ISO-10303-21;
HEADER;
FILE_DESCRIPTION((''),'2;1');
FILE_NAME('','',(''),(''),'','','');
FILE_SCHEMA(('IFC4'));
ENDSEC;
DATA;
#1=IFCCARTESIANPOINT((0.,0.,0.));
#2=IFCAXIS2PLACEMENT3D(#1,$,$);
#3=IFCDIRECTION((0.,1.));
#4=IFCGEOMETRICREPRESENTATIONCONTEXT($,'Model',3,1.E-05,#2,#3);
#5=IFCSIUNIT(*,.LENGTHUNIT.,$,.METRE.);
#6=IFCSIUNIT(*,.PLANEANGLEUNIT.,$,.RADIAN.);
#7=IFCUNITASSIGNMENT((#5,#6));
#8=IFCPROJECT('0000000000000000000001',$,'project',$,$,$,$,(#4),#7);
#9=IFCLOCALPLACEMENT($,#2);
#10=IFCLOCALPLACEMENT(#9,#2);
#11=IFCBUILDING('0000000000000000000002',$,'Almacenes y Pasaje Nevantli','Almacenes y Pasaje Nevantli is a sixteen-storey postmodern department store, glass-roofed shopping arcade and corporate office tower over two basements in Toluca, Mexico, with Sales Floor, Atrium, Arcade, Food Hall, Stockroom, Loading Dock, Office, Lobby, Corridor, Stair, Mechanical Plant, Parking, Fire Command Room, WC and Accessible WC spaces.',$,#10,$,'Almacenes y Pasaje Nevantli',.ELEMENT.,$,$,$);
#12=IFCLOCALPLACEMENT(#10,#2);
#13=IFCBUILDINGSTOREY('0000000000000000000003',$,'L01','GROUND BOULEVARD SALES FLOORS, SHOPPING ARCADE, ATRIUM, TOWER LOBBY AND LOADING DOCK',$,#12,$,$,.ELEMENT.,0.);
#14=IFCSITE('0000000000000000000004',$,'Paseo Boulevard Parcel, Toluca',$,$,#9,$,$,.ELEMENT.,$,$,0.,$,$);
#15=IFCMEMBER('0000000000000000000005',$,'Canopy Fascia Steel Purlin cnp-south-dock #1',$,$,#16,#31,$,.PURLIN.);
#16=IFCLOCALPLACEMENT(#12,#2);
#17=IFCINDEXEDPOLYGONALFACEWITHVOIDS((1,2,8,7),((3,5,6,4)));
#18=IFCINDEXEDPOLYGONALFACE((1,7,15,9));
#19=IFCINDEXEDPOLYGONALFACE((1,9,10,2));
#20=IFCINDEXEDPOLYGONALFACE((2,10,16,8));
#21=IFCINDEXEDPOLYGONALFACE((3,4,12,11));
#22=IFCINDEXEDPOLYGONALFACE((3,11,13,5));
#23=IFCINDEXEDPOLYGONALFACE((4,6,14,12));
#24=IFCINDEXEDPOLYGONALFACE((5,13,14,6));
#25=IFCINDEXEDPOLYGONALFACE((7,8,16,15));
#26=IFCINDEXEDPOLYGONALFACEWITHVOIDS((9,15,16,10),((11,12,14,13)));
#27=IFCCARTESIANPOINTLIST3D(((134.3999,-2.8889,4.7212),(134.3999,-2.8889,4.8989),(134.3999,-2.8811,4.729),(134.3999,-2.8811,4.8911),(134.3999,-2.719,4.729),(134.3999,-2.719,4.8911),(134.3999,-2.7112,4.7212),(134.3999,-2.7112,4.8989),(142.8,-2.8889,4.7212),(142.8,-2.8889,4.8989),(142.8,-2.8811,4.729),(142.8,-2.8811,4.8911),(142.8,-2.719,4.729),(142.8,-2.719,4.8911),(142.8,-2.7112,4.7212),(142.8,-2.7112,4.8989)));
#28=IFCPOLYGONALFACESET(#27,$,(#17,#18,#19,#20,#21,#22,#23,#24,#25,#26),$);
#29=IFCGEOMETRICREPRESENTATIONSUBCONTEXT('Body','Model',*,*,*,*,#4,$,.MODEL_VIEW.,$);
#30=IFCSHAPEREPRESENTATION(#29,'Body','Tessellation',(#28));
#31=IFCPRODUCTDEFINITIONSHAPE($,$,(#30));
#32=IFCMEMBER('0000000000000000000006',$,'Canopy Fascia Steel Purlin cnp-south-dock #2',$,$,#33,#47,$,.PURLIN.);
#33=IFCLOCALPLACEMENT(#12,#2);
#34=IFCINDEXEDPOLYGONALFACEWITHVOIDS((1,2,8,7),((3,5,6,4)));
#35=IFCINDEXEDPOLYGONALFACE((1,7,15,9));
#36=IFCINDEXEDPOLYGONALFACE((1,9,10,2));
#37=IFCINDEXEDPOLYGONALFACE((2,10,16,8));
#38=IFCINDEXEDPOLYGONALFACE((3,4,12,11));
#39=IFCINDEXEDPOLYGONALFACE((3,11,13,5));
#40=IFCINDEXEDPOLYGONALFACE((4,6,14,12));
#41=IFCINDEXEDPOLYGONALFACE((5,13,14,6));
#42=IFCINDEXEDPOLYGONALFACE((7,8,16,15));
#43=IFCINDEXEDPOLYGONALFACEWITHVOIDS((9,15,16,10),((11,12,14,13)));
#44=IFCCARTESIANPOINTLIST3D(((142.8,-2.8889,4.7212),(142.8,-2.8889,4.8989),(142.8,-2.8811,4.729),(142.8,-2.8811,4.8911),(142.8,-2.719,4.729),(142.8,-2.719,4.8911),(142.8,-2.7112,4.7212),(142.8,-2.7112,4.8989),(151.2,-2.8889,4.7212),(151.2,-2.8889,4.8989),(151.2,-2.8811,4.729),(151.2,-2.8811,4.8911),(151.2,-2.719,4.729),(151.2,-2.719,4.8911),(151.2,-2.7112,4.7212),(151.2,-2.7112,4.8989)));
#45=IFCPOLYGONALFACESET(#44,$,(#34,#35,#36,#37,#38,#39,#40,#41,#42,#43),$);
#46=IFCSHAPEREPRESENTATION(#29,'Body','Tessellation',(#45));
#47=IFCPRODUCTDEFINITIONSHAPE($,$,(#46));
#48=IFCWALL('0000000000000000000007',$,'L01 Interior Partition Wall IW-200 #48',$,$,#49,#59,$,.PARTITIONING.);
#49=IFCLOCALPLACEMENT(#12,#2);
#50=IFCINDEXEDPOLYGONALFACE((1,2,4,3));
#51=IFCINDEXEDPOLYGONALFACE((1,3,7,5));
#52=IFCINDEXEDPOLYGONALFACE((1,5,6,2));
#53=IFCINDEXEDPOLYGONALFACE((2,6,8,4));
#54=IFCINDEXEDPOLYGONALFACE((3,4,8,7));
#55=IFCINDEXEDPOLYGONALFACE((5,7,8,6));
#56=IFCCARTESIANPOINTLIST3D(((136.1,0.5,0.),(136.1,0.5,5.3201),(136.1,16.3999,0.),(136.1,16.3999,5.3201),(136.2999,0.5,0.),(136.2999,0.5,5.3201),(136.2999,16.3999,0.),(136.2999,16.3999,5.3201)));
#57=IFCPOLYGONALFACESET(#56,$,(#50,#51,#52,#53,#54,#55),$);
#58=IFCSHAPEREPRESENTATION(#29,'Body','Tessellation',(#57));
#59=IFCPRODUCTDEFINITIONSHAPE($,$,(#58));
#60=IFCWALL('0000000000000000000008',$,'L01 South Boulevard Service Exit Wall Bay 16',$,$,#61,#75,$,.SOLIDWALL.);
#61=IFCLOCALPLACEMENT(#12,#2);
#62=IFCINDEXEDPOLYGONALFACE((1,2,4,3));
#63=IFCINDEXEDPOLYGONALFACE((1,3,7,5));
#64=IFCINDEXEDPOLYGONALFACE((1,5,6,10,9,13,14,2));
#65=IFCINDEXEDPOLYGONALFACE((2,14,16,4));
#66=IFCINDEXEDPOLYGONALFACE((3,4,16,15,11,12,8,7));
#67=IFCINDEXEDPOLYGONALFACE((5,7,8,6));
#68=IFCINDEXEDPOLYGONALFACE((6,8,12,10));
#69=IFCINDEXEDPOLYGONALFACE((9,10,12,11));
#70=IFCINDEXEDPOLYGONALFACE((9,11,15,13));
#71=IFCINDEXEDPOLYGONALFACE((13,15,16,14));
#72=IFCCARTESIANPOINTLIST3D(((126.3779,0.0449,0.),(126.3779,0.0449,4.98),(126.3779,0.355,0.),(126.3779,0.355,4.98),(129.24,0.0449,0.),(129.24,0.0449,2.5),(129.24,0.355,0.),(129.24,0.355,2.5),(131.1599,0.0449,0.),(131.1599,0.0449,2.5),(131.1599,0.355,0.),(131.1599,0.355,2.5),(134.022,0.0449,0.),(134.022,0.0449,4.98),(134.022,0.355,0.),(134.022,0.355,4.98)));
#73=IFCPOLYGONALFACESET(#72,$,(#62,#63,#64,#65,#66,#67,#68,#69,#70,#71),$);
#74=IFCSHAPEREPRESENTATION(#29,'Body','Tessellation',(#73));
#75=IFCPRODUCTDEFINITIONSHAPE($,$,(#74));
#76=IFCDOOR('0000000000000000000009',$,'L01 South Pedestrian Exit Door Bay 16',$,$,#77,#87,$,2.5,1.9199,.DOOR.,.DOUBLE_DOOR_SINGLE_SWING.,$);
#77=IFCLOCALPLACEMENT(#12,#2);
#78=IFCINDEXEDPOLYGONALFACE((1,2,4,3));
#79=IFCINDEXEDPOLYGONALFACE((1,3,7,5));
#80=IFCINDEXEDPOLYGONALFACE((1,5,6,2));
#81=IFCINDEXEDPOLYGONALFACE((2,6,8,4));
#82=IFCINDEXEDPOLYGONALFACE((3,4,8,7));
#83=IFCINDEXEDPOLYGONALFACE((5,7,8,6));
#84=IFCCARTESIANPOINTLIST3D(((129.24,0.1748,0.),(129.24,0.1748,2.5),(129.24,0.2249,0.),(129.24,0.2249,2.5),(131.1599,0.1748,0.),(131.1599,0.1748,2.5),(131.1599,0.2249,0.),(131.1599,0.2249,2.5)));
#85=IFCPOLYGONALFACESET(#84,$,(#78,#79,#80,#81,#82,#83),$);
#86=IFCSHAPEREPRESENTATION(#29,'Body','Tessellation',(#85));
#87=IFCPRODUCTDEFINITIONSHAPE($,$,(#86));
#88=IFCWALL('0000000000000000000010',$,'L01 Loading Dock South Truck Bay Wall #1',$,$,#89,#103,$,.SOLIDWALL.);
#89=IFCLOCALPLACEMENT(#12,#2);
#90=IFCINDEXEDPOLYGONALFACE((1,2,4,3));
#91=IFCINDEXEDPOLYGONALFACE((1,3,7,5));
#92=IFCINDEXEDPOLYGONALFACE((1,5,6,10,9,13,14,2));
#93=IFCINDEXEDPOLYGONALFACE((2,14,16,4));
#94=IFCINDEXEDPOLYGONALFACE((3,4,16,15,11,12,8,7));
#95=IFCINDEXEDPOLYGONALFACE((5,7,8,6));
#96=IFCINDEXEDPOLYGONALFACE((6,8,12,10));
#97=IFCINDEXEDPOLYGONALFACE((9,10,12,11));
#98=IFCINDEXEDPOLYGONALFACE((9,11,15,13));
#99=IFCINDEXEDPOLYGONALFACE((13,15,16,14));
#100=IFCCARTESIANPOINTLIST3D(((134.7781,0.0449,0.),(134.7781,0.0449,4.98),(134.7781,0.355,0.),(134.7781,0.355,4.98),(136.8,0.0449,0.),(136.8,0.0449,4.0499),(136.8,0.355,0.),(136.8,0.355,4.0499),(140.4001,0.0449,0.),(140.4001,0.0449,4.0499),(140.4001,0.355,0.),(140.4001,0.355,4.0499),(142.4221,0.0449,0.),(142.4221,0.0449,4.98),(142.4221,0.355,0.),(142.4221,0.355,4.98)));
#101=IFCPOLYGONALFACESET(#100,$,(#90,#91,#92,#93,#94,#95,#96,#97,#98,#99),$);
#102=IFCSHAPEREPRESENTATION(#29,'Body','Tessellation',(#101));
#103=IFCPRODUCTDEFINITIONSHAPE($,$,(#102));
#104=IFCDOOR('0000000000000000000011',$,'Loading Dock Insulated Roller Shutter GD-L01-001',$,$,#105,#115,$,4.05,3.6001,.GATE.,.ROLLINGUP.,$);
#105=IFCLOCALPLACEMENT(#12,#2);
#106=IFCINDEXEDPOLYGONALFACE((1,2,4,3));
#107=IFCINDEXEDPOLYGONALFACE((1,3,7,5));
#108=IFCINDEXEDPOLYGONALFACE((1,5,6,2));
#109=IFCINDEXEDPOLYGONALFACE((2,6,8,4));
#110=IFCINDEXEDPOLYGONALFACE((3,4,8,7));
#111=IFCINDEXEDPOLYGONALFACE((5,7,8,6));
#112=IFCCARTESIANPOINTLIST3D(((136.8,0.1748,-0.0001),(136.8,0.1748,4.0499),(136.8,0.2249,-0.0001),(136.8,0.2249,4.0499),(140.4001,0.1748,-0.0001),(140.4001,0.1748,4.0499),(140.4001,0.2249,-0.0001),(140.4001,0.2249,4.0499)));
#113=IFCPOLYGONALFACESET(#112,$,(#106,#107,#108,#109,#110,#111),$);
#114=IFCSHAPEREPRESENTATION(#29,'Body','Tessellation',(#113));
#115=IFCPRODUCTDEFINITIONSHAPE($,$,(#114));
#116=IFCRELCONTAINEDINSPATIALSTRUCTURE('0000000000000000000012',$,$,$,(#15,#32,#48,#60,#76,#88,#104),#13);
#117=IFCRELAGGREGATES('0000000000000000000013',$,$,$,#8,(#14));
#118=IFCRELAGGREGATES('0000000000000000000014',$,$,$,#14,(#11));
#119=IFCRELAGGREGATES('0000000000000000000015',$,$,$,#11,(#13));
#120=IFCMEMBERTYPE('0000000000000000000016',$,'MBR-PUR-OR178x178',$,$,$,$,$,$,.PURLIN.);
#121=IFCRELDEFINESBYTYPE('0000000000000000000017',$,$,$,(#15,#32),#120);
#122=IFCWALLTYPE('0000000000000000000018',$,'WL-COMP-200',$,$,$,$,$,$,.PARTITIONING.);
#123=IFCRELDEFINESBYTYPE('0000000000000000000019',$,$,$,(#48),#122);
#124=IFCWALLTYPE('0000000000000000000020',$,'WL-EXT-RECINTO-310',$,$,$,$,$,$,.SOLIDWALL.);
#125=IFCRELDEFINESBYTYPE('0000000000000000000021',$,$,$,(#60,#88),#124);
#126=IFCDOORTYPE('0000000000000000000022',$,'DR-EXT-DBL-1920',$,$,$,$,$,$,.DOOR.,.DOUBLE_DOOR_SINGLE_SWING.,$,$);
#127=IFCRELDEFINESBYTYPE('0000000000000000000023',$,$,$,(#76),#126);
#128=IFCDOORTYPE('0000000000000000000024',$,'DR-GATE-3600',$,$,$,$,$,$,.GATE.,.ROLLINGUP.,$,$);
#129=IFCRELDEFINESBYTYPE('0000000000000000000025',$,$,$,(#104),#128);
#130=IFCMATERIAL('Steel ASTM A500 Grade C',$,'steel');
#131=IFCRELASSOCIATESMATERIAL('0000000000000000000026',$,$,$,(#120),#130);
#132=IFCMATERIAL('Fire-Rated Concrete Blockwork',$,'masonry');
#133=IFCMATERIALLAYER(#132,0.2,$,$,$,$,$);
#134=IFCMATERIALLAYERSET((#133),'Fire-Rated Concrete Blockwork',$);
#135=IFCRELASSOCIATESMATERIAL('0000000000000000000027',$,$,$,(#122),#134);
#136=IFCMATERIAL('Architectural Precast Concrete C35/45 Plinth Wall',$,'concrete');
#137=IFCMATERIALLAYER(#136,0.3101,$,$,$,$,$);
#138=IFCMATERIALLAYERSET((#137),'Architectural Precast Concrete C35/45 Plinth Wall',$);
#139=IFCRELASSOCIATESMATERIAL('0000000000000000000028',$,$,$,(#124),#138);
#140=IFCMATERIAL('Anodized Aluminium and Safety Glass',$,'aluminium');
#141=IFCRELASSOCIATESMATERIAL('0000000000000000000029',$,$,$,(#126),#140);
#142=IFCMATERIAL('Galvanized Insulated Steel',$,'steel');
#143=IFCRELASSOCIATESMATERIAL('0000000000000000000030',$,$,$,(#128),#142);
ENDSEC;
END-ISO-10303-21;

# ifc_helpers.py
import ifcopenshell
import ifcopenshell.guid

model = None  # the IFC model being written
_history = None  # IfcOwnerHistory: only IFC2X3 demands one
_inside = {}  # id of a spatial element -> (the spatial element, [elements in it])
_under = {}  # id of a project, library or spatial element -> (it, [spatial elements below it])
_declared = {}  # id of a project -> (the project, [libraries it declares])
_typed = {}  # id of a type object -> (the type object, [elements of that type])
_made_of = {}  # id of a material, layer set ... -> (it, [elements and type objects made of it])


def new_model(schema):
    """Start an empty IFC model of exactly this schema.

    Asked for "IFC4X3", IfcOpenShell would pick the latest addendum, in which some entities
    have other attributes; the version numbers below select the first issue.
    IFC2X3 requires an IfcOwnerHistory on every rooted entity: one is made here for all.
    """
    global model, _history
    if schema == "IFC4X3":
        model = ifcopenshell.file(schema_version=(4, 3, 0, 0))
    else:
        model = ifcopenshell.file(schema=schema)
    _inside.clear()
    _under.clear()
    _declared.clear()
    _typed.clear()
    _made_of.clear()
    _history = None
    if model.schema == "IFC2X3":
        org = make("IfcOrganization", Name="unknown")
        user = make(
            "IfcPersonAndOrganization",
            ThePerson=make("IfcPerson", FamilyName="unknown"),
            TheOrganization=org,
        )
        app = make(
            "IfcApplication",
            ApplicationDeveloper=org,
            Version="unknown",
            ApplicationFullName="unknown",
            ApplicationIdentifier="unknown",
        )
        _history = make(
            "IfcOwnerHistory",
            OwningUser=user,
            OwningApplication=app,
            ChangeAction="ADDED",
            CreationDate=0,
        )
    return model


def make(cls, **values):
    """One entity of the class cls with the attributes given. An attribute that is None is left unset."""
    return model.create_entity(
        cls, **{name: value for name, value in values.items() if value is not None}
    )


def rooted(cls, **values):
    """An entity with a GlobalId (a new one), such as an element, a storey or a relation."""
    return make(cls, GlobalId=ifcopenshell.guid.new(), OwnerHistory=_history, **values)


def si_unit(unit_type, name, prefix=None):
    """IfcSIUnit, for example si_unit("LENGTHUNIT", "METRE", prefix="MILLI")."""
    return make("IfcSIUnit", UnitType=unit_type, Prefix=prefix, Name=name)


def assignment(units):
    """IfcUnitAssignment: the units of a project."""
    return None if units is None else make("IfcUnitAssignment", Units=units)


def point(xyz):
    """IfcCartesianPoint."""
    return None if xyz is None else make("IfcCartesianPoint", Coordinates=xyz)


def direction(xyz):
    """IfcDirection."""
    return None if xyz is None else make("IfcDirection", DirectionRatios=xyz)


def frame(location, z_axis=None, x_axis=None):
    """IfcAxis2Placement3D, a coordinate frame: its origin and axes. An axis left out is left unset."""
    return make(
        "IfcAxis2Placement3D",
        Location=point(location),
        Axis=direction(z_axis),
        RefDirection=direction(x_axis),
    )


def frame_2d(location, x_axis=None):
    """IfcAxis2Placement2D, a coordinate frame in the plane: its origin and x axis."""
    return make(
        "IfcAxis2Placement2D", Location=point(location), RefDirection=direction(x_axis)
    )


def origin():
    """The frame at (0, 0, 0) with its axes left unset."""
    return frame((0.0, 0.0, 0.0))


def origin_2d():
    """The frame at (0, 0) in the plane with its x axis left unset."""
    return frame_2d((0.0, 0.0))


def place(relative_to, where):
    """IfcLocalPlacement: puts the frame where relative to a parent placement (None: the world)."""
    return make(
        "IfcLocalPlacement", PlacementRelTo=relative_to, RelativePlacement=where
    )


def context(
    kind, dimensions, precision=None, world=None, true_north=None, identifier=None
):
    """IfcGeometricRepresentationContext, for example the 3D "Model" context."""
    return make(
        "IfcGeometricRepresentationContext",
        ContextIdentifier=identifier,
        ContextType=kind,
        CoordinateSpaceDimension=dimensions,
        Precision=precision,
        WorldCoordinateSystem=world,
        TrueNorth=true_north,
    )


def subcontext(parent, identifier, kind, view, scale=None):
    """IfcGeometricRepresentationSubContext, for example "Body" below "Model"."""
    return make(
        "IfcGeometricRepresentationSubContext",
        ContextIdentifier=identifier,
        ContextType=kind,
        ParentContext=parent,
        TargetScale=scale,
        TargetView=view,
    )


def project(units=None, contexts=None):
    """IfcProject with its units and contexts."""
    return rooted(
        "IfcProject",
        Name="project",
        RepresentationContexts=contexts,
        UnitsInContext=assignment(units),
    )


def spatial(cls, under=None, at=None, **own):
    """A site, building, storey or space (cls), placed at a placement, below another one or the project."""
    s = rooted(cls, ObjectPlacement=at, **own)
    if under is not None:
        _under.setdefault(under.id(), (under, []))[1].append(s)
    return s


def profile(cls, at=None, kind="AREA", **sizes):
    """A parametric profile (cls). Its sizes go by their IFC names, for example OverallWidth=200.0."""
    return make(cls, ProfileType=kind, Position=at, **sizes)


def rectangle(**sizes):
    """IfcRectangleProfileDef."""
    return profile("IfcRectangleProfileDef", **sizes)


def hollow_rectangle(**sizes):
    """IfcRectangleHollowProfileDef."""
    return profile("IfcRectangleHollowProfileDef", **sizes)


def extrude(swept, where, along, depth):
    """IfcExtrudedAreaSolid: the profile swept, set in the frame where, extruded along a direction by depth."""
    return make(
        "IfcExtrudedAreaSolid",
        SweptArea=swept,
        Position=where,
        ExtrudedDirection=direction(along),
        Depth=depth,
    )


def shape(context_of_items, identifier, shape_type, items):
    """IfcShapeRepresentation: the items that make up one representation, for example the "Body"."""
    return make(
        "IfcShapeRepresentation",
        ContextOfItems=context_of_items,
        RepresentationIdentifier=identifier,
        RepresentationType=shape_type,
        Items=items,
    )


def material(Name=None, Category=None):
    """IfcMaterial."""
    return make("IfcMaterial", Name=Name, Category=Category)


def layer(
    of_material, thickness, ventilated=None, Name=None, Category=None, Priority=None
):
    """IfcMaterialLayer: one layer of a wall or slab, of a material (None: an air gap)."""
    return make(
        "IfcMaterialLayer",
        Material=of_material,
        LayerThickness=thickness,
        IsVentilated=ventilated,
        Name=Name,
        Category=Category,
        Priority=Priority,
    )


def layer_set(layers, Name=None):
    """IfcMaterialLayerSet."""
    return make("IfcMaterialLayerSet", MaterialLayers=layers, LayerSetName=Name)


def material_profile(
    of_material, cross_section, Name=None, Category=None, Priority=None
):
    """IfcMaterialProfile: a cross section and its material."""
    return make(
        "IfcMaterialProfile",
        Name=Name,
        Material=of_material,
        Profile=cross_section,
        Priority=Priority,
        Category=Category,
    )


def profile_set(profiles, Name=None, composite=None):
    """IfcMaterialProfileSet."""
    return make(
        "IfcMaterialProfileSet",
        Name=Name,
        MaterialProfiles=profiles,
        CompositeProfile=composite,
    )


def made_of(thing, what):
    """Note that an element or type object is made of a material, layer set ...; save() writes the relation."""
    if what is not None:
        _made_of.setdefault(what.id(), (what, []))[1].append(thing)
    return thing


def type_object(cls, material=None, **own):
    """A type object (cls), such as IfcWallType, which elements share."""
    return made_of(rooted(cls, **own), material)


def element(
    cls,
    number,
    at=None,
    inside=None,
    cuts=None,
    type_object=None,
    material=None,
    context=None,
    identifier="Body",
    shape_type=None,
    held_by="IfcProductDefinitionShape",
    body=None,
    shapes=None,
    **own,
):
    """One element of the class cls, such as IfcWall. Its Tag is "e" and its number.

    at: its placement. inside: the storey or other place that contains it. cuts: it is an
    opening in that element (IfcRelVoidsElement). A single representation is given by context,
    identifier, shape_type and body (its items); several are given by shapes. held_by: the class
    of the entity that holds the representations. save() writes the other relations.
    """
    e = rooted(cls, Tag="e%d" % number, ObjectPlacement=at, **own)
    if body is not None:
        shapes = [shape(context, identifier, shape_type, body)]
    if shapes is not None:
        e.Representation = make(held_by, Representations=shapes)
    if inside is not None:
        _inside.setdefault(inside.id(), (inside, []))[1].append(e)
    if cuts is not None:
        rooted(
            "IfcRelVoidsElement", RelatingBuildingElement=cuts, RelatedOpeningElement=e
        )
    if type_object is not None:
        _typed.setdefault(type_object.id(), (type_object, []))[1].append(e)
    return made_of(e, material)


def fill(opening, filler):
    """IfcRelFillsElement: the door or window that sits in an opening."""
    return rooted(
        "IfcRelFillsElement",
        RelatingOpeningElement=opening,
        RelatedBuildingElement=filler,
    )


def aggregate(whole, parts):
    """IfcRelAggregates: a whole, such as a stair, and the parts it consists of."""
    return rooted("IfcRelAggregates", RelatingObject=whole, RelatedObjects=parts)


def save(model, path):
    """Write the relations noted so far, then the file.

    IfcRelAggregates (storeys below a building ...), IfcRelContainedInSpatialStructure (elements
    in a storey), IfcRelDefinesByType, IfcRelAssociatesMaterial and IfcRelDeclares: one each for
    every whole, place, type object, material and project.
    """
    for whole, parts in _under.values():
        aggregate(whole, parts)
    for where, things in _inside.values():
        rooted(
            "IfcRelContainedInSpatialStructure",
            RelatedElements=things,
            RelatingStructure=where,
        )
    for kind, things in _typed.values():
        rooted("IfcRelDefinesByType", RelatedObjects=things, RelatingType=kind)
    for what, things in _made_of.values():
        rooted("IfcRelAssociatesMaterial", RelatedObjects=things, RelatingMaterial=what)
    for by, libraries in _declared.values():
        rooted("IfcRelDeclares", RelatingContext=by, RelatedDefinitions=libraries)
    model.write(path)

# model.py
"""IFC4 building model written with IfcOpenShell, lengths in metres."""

from ifc_helpers import new_model, si_unit, direction, frame, frame_2d, origin, origin_2d, place, context, subcontext, project, spatial, rectangle, hollow_rectangle, extrude, material, layer, layer_set, material_profile, profile_set, type_object, element, fill, save


model = new_model("IFC4")

# Units and contexts
model_context = context("Model", 3, precision=1e-05, world=origin(), true_north=direction((0.0, 1.0)))
body_context = subcontext(model_context, "Body", "Model", "MODEL_VIEW")
ifc_project = project(units=[si_unit("LENGTHUNIT", "METRE"), si_unit("PLANEANGLEUNIT", "RADIAN")], contexts=[model_context])

# Site, building, storey
site_placement = place(None, origin())
site = spatial("IfcSite", under=ifc_project, at=site_placement, Name="Paseo Boulevard Parcel, Toluca", CompositionType="ELEMENT", RefElevation=0.0)
building_placement = place(site_placement, origin())
building = spatial("IfcBuilding", under=site, at=building_placement, Name="Almacenes y Pasaje Nevantli", Description="Almacenes y Pasaje Nevantli is a sixteen-storey postmodern department store, glass-roofed shopping arcade and corporate office tower over two basements in Toluca, Mexico, with Sales Floor, Atrium, Arcade, Food Hall, Stockroom, Loading Dock, Office, Lobby, Corridor, Stair, Mechanical Plant, Parking, Fire Command Room, WC and Accessible WC spaces.", LongName="Almacenes y Pasaje Nevantli", CompositionType="ELEMENT")
storey_placement = place(building_placement, origin())
storey = spatial("IfcBuildingStorey", under=building, at=storey_placement, Name="L01", Description="GROUND BOULEVARD SALES FLOORS, SHOPPING ARCADE, ATRIUM, TOWER LOBBY AND LOADING DOCK", CompositionType="ELEMENT", Elevation=0.0)

# Members
ifc_material_1 = material(Name="Steel ASTM A500 Grade C", Category="steel")
ifc_material_profile_1 = material_profile(ifc_material_1, hollow_rectangle(XDim=0.1777, YDim=0.1777, WallThickness=0.0078, at=origin_2d()), Name="OR 178x178x7.9")
ifc_profile_set_1 = profile_set([ifc_material_profile_1], Name="Steel ASTM A500 Grade C")
member_type = type_object("IfcMemberType", Name="MBR-PUR-OR178x178", PredefinedType="PURLIN", material=ifc_profile_set_1)
member_1_placement = place(storey_placement, frame((134.3999, -2.8, 4.8101), z_axis=(1.0, 0.0, 0.0), x_axis=(0.0, 1.0, 0.0)))
element("IfcMember", 1, at=member_1_placement, inside=storey, type_object=member_type, Name="Canopy Fascia Steel Purlin cnp-south-dock #1", PredefinedType="PURLIN", context=body_context, shape_type="SweptSolid", body=[
    extrude(hollow_rectangle(XDim=0.1777, YDim=0.1777, WallThickness=0.0078, at=origin_2d()), origin(), (0.0, 0.0, 1.0), 8.4001),
])
member_2_placement = place(storey_placement, frame((142.8, -2.8, 4.8101), z_axis=(1.0, 0.0, 0.0), x_axis=(0.0, 1.0, 0.0)))
element("IfcMember", 2, at=member_2_placement, inside=storey, type_object=member_type, Name="Canopy Fascia Steel Purlin cnp-south-dock #2", PredefinedType="PURLIN", context=body_context, shape_type="SweptSolid", body=[
    extrude(hollow_rectangle(XDim=0.1777, YDim=0.1777, WallThickness=0.0078, at=origin_2d()), origin(), (0.0, 0.0, 1.0), 8.3999),
])

# Wall
ifc_material_2 = material(Name="Fire-Rated Concrete Blockwork", Category="masonry")
ifc_layer_1 = layer(ifc_material_2, 0.2)
ifc_layer_set_1 = layer_set([ifc_layer_1], Name="Fire-Rated Concrete Blockwork")
wall_type_1 = type_object("IfcWallType", Name="WL-COMP-200", PredefinedType="PARTITIONING", material=ifc_layer_set_1)
wall_1_placement = place(storey_placement, frame((136.2, 0.5, 0.0), z_axis=(0.0, 0.0, 1.0), x_axis=(0.0, 1.0, 0.0)))
element("IfcWall", 3, at=wall_1_placement, inside=storey, type_object=wall_type_1, Name="L01 Interior Partition Wall IW-200 #48", PredefinedType="PARTITIONING", context=body_context, shape_type="SweptSolid", body=[
    extrude(rectangle(XDim=15.8999, YDim=0.2, at=frame_2d((7.95, 0.0))), origin(), (0.0, 0.0, 1.0), 5.3201),
])

# Walls, openings, doors
ifc_material_3 = material(Name="Architectural Precast Concrete C35/45 Plinth Wall", Category="concrete")
ifc_layer_2 = layer(ifc_material_3, 0.3101)
ifc_layer_set_2 = layer_set([ifc_layer_2], Name="Architectural Precast Concrete C35/45 Plinth Wall")
wall_type_2 = type_object("IfcWallType", Name="WL-EXT-RECINTO-310", PredefinedType="SOLIDWALL", material=ifc_layer_set_2)
wall_2_placement = place(storey_placement, frame((126.3779, 0.2, 0.0), z_axis=(0.0, 0.0, 1.0), x_axis=(1.0, 0.0, 0.0)))
wall_2 = element("IfcWall", 4, at=wall_2_placement, inside=storey, type_object=wall_type_2, Name="L01 South Boulevard Service Exit Wall Bay 16", PredefinedType="SOLIDWALL", context=body_context, shape_type="SweptSolid", body=[
    extrude(rectangle(XDim=7.644, YDim=0.3101, at=frame_2d((3.822, 0.0))), origin(), (0.0, 0.0, 1.0), 4.98),
])
opening_1_placement = place(wall_2_placement, frame((2.8621, 0.0, 0.0)))
opening_1 = element("IfcOpeningElement", 5, at=opening_1_placement, cuts=wall_2, PredefinedType="OPENING", context=body_context, shape_type="SweptSolid", body=[
    extrude(rectangle(XDim=1.9199, YDim=2.5, at=frame_2d((0.96, 1.25))), frame((0.0, 0.165, 0.0), z_axis=(0.0, -1.0, 0.0), x_axis=(1.0, 0.0, 0.0)), (0.0, 0.0, 1.0), 0.3301),
])
ifc_material_4 = material(Name="Anodized Aluminium and Safety Glass", Category="aluminium")
door_type_1 = type_object("IfcDoorType", Name="DR-EXT-DBL-1920", OperationType="DOUBLE_DOOR_SINGLE_SWING", PredefinedType="DOOR", material=ifc_material_4)
door_1_placement = place(opening_1_placement, origin())
door_1 = element("IfcDoor", 6, at=door_1_placement, inside=storey, type_object=door_type_1, Name="L01 South Pedestrian Exit Door Bay 16", OperationType="DOUBLE_DOOR_SINGLE_SWING", OverallHeight=2.5, OverallWidth=1.9199, PredefinedType="DOOR", context=body_context, shape_type="SweptSolid", body=[
    extrude(rectangle(XDim=1.9199, YDim=2.5, at=frame_2d((0.96, 1.25))), frame((0.0, 0.0249, 0.0), z_axis=(0.0, -1.0, 0.0), x_axis=(1.0, 0.0, 0.0)), (0.0, 0.0, 1.0), 0.05),
])
fill(opening_1, door_1)
wall_3_placement = place(storey_placement, frame((134.7781, 0.2, 0.0), z_axis=(0.0, 0.0, 1.0), x_axis=(1.0, 0.0, 0.0)))
wall_3 = element("IfcWall", 7, at=wall_3_placement, inside=storey, type_object=wall_type_2, Name="L01 Loading Dock South Truck Bay Wall #1", PredefinedType="SOLIDWALL", context=body_context, shape_type="SweptSolid", body=[
    extrude(rectangle(XDim=7.644, YDim=0.3101, at=frame_2d((3.822, 0.0))), origin(), (0.0, 0.0, 1.0), 4.98),
])
opening_2_placement = place(wall_3_placement, frame((2.022, 0.0, 0.0)))
opening_2 = element("IfcOpeningElement", 8, at=opening_2_placement, cuts=wall_3, PredefinedType="OPENING", context=body_context, shape_type="SweptSolid", body=[
    extrude(rectangle(XDim=3.6001, YDim=4.05, at=frame_2d((1.8, 2.0249))), frame((0.0, 0.165, 0.0), z_axis=(0.0, -1.0, 0.0), x_axis=(1.0, 0.0, 0.0)), (0.0, 0.0, 1.0), 0.3301),
])
ifc_material_5 = material(Name="Galvanized Insulated Steel", Category="steel")
door_type_2 = type_object("IfcDoorType", Name="DR-GATE-3600", OperationType="ROLLINGUP", PredefinedType="GATE", material=ifc_material_5)
door_2_placement = place(opening_2_placement, origin())
door_2 = element("IfcDoor", 9, at=door_2_placement, inside=storey, type_object=door_type_2, Name="Loading Dock Insulated Roller Shutter GD-L01-001", OperationType="ROLLINGUP", OverallHeight=4.05, OverallWidth=3.6001, PredefinedType="GATE", context=body_context, shape_type="SweptSolid", body=[
    extrude(rectangle(XDim=3.6001, YDim=4.05, at=frame_2d((1.8, 2.0249))), frame((0.0, 0.0249, 0.0), z_axis=(0.0, -1.0, 0.0), x_axis=(1.0, 0.0, 0.0)), (0.0, 0.0, 1.0), 0.05),
])
fill(opening_2, door_2)

save(model, "model.ifc")
